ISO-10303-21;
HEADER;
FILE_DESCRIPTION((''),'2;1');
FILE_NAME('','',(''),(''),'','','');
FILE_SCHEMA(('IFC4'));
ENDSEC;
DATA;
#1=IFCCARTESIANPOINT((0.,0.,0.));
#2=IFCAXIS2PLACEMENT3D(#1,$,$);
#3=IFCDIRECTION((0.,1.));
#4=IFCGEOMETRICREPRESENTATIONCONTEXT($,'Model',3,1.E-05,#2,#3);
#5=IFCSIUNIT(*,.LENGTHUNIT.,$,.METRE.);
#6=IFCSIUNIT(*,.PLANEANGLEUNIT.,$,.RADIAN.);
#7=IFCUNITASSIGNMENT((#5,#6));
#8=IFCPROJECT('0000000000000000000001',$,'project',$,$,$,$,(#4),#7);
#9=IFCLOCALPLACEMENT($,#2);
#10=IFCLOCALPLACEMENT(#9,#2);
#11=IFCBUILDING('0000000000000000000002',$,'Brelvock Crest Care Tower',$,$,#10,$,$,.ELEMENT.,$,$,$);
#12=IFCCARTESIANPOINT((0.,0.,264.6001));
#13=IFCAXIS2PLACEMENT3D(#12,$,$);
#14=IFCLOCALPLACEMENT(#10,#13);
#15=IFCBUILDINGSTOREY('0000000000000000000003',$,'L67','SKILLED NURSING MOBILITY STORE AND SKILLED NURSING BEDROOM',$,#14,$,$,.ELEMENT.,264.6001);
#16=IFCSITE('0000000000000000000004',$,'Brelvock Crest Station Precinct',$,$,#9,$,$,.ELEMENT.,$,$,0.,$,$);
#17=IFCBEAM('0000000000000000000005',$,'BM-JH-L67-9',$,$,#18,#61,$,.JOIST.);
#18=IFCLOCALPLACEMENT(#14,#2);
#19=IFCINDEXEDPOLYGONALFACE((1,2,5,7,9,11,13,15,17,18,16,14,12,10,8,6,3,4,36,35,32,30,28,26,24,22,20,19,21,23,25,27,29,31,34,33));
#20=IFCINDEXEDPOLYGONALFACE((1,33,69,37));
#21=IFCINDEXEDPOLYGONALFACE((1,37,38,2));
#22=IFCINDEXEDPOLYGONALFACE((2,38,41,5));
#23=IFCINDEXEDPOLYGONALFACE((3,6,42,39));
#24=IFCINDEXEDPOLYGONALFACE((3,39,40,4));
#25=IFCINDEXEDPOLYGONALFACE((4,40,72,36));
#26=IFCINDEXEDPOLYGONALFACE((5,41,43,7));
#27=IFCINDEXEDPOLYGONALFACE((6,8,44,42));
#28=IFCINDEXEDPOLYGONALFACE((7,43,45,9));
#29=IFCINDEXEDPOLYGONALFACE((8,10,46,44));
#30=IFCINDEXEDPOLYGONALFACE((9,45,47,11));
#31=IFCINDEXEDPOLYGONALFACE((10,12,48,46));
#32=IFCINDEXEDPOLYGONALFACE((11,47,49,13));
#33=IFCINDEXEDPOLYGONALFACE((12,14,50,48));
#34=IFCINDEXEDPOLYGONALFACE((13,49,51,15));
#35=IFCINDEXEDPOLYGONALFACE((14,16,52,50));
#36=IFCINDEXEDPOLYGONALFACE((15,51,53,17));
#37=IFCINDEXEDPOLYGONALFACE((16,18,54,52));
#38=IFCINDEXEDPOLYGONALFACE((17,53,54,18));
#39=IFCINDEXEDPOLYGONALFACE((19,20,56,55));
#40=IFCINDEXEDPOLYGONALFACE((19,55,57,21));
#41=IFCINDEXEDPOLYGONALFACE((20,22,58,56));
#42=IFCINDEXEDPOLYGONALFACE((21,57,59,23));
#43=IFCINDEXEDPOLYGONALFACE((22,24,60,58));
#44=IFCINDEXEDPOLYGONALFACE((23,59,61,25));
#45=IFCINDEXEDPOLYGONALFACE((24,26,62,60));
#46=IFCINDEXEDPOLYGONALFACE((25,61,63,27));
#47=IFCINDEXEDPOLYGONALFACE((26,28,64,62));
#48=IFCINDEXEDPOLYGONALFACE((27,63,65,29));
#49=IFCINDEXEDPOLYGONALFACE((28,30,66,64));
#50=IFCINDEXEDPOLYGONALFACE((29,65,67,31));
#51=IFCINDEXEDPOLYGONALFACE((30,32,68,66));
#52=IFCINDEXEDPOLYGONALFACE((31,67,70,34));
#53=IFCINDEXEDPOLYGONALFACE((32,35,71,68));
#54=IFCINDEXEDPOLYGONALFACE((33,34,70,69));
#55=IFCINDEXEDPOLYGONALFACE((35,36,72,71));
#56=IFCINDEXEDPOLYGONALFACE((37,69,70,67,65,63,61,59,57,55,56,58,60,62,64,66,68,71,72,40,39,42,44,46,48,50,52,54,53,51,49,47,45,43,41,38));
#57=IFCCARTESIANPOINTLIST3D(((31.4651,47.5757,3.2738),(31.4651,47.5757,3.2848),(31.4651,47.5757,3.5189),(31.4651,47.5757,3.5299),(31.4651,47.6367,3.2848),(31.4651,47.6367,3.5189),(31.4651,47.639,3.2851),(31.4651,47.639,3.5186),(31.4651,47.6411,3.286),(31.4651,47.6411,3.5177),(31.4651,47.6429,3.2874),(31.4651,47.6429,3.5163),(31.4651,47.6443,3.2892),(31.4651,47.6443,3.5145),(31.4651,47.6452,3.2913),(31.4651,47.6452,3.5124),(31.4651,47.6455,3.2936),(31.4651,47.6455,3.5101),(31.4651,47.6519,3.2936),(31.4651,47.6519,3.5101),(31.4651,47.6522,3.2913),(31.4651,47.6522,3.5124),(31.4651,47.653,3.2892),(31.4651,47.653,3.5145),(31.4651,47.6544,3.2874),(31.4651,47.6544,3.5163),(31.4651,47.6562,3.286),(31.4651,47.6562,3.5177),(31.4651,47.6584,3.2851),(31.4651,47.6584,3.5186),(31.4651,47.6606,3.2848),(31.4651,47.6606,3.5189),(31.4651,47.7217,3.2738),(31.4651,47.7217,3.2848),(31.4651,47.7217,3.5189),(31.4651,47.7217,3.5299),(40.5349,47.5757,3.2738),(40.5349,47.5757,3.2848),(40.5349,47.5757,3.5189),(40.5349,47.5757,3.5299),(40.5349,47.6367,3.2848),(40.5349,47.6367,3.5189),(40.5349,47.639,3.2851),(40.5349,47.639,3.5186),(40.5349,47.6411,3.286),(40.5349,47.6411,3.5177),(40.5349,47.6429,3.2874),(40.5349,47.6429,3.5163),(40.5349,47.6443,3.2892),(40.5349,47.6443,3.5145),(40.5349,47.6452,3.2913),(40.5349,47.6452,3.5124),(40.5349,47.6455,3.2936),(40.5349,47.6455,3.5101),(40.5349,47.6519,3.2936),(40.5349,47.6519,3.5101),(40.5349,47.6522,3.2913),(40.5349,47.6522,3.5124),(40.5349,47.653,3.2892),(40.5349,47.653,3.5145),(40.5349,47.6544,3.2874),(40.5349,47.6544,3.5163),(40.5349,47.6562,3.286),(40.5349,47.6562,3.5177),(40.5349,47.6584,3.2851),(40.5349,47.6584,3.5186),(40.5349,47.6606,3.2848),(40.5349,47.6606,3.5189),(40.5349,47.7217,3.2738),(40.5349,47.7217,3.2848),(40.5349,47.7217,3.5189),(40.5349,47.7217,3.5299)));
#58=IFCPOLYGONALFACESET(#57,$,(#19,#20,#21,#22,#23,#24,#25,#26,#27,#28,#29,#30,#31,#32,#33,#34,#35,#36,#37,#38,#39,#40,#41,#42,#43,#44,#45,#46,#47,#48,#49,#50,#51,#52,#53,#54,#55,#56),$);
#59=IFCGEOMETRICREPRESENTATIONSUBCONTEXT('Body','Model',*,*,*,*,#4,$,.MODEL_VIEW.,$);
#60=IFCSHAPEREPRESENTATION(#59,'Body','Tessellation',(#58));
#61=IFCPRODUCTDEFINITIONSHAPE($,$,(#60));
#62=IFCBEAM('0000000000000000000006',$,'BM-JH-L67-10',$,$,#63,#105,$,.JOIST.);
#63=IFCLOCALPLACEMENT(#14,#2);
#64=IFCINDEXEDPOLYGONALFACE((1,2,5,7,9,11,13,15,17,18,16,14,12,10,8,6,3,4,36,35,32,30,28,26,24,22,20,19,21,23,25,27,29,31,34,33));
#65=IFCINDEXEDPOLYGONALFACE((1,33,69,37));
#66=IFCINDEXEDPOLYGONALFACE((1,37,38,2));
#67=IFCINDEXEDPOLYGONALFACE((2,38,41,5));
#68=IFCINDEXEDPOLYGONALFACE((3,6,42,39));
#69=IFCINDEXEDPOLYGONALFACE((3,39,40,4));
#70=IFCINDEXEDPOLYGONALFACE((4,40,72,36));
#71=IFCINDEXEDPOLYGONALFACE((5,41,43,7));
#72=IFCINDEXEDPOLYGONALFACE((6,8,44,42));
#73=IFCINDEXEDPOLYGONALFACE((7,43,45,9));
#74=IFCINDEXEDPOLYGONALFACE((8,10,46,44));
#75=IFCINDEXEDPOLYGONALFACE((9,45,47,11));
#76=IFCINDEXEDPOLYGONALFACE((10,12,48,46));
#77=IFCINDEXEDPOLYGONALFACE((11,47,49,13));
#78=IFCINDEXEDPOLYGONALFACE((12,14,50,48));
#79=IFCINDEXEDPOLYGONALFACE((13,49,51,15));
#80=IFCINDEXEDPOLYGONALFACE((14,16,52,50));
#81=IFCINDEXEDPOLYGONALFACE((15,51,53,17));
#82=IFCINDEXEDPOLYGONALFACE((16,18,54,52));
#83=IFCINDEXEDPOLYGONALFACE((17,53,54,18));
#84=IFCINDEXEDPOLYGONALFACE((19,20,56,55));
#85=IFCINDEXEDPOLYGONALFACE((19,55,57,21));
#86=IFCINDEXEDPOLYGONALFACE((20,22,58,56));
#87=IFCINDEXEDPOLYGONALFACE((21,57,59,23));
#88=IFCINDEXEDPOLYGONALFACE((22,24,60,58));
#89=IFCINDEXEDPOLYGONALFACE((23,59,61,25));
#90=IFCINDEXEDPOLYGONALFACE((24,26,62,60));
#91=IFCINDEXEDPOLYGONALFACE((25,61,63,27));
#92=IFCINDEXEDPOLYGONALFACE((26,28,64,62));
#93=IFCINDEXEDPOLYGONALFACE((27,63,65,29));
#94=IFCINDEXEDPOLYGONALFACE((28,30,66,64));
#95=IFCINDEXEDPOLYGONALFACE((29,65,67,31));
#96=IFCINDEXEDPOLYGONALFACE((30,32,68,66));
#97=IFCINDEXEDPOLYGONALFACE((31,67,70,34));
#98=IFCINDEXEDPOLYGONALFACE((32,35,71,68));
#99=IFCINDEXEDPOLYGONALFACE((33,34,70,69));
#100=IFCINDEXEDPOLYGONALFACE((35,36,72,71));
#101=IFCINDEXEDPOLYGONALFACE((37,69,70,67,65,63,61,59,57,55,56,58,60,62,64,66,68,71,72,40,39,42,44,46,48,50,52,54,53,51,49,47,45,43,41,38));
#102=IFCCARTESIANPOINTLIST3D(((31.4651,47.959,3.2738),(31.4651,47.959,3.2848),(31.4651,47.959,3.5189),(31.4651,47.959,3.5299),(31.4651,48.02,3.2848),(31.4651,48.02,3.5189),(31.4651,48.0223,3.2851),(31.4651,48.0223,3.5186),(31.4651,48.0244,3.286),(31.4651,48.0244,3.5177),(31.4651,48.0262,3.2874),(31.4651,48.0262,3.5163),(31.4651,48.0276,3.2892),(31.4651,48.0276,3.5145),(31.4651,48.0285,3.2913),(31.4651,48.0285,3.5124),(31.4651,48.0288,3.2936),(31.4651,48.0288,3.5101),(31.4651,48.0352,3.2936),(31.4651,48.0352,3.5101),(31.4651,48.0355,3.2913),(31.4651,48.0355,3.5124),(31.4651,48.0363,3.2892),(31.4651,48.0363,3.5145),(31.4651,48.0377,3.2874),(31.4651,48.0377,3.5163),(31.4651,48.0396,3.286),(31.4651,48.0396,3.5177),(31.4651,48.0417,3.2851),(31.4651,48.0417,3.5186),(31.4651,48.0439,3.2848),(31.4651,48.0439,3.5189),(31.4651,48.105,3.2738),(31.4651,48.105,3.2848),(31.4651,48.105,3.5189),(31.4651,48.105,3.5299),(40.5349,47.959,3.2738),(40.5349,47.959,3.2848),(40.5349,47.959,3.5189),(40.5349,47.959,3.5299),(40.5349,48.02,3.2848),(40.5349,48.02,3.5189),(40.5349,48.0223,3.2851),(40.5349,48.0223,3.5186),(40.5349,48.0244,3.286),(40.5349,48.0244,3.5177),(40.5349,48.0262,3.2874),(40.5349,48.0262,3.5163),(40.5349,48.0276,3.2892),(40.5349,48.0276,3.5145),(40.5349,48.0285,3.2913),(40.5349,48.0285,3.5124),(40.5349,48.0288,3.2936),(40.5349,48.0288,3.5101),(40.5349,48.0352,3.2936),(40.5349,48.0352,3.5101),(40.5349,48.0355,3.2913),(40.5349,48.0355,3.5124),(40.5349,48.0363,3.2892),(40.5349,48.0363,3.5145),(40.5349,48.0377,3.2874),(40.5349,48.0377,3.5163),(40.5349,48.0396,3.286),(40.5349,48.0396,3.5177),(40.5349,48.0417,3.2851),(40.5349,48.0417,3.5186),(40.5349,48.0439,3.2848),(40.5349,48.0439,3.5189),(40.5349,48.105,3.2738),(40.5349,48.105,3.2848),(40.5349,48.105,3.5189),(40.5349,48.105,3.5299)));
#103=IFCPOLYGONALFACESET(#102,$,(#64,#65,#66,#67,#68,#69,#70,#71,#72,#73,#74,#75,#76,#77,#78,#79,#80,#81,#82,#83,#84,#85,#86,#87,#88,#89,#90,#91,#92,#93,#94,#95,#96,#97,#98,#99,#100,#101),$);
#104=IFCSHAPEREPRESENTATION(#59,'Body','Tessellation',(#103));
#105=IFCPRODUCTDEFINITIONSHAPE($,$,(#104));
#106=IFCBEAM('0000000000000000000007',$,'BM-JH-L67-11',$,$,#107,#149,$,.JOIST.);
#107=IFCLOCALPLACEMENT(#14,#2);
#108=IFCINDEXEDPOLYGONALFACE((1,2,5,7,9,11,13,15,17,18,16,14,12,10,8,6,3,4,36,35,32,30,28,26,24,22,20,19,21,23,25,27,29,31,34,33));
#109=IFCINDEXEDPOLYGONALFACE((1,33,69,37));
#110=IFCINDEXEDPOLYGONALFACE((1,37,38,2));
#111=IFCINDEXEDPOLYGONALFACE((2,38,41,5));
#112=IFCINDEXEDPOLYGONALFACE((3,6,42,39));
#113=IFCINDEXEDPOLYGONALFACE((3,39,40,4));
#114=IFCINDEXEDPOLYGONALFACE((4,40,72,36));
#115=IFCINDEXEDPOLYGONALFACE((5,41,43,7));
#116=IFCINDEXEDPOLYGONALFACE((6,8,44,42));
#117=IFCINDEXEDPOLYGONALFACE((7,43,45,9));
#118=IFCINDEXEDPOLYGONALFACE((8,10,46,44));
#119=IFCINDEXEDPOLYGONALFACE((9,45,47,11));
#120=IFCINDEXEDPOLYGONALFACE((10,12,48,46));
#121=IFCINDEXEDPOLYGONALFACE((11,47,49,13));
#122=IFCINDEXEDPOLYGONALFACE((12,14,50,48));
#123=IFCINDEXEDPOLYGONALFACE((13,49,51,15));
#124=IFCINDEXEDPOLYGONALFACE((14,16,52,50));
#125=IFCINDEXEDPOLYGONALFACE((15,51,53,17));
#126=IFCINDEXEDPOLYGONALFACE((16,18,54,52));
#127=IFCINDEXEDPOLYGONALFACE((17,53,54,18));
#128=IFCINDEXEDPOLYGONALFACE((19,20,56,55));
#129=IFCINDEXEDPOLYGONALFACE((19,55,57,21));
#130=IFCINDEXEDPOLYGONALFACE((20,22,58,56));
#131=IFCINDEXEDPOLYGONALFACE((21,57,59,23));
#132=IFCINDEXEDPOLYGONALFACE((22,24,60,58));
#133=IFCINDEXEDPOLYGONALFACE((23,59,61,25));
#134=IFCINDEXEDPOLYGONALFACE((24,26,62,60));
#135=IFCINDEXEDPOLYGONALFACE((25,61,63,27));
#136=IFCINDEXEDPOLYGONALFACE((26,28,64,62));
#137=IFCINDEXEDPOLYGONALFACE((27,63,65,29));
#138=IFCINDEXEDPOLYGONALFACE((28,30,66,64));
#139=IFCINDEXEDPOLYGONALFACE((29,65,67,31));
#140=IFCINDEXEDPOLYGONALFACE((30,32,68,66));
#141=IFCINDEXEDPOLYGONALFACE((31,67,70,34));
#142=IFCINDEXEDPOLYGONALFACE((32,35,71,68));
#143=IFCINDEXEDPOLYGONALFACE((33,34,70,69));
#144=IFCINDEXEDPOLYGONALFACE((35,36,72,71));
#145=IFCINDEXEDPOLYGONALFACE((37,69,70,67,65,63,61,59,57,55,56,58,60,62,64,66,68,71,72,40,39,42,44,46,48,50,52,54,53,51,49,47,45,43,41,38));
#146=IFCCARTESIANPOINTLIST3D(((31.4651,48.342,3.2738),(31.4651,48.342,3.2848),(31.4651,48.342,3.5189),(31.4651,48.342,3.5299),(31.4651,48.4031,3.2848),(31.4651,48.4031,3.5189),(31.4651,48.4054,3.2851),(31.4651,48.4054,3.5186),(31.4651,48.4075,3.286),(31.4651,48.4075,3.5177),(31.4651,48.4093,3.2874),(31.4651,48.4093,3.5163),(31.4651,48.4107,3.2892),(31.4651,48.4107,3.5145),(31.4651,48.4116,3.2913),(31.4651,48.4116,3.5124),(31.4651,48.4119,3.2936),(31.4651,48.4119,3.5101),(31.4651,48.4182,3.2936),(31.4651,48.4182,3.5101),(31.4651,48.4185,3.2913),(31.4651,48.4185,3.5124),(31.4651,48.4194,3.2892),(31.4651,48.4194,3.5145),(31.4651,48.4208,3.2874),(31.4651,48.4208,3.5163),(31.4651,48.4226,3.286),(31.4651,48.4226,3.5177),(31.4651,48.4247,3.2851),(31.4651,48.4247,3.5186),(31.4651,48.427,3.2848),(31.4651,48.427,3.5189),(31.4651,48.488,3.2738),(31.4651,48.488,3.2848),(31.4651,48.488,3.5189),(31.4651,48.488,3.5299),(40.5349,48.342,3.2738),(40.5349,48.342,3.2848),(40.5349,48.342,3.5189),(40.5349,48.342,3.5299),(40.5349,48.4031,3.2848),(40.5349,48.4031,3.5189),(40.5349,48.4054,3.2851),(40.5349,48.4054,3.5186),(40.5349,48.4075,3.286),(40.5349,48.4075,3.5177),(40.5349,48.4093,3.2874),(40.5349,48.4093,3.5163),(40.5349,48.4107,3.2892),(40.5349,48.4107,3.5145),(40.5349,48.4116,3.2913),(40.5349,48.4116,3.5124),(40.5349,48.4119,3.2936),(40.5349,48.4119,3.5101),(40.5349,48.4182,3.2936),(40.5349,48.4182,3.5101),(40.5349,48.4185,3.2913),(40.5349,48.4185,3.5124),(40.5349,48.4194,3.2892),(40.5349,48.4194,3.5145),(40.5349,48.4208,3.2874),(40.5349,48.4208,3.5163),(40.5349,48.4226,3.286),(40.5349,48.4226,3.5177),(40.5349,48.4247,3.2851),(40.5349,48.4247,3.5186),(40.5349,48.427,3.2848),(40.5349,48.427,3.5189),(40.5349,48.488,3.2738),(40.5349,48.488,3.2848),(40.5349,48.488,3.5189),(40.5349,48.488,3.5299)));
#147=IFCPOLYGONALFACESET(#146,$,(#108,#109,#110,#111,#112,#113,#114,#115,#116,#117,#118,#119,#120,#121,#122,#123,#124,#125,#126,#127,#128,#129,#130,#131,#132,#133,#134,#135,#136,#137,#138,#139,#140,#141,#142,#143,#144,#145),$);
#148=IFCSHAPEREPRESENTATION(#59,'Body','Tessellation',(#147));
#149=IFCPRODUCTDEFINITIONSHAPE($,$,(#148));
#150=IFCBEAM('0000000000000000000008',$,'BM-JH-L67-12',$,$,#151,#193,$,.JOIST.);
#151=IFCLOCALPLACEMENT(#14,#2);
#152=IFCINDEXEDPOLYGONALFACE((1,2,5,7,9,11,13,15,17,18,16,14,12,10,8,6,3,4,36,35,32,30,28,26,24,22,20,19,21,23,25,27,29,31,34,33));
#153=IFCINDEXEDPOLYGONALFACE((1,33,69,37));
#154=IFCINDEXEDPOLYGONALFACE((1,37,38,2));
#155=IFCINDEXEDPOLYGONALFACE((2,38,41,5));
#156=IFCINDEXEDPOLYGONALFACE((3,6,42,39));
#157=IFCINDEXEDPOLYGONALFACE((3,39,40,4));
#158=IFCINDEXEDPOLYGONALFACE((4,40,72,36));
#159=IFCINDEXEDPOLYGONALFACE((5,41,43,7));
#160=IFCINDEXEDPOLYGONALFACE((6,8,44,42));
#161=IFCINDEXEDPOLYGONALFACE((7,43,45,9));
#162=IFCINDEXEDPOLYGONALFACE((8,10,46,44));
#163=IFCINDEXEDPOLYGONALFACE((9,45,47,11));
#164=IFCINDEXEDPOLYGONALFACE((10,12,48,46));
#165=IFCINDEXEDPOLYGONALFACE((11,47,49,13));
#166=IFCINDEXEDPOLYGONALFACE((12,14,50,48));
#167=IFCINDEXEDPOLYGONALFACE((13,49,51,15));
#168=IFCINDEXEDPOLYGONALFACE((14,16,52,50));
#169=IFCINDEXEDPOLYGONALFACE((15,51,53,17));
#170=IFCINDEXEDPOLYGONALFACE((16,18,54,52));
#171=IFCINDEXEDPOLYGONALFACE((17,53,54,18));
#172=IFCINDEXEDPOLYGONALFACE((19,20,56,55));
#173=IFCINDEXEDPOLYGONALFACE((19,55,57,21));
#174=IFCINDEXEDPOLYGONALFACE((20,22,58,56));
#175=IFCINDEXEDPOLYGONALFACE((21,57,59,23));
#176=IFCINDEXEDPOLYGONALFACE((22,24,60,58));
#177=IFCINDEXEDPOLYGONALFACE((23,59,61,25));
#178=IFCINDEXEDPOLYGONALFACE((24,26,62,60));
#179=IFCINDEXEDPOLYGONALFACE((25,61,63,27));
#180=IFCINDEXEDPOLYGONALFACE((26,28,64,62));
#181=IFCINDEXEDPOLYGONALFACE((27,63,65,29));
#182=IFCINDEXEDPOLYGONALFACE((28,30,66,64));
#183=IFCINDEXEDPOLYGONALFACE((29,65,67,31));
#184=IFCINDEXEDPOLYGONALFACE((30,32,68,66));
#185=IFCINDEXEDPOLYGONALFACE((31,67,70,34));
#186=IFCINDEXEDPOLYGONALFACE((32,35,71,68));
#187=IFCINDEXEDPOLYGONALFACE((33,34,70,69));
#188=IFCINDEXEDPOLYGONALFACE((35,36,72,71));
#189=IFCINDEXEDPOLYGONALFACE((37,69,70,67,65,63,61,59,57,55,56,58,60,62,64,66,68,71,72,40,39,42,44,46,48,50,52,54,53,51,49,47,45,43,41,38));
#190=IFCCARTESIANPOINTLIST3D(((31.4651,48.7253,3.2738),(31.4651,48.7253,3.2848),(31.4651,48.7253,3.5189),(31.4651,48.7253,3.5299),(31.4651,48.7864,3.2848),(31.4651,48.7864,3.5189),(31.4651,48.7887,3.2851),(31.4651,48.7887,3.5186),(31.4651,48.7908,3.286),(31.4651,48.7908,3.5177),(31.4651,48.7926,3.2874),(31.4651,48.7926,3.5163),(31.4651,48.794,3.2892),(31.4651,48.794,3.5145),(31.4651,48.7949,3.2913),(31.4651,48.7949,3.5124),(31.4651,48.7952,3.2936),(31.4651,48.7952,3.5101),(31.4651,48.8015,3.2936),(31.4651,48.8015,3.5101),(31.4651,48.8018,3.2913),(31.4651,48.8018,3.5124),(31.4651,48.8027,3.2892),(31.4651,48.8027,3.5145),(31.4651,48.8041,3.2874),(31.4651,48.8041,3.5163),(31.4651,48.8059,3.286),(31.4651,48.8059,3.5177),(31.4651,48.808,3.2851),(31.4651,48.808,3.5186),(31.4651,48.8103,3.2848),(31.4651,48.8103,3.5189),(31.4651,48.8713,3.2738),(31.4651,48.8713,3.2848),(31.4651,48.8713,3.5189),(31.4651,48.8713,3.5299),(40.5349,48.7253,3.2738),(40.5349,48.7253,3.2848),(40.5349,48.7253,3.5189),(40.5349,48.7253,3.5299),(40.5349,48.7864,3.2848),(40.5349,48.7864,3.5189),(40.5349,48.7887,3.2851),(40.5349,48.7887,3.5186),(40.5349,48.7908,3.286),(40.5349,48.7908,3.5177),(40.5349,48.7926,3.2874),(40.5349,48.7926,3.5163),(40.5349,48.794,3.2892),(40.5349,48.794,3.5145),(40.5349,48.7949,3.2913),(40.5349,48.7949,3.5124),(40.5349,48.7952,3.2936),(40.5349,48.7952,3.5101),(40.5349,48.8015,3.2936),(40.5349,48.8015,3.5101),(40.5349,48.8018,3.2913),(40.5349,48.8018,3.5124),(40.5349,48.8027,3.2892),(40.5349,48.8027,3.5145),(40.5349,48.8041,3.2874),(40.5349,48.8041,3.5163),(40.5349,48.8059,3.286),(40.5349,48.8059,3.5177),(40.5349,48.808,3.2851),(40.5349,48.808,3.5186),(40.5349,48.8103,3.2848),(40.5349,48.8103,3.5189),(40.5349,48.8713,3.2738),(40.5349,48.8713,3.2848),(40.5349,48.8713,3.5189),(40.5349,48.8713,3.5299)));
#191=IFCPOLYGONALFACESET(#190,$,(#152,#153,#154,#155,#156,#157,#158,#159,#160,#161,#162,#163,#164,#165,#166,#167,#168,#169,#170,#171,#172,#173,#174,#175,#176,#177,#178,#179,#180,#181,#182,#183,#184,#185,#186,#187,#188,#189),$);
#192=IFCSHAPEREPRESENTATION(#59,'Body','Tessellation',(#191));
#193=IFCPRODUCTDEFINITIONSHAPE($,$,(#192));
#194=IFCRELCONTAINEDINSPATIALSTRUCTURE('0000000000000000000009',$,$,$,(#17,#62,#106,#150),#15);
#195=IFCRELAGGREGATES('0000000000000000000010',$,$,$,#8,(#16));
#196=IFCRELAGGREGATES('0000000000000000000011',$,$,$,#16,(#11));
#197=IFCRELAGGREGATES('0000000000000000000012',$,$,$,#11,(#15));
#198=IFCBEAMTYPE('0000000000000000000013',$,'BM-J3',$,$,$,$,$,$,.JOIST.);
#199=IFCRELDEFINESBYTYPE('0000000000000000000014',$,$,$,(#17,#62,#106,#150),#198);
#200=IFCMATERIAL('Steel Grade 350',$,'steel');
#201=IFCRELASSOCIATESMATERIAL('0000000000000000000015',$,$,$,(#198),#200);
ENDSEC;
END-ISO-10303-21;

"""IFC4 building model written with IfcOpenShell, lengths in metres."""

from ifc_helpers import new_model, si_unit, direction, frame, origin, origin_2d, place, context, subcontext, project, spatial, i_section, extrude, source, transform, mapped, material, material_profile, profile_set, type_object, element, save


model = new_model("IFC4")

# Units and contexts
model_context = context("Model", 3, precision=1e-05, world=origin(), true_north=direction((0.0, 1.0)))
body_context = subcontext(model_context, "Body", "Model", "MODEL_VIEW")
ifc_project = project(units=[si_unit("LENGTHUNIT", "METRE"), si_unit("PLANEANGLEUNIT", "RADIAN")], contexts=[model_context])

# Site, building, storey
site_placement = place(None, origin())
site = spatial("IfcSite", under=ifc_project, at=site_placement, Name="Brelvock Crest Station Precinct", CompositionType="ELEMENT", RefElevation=0.0)
building_placement = place(site_placement, origin())
building = spatial("IfcBuilding", under=site, at=building_placement, Name="Brelvock Crest Care Tower", CompositionType="ELEMENT")
storey_placement = place(building_placement, frame((0.0, 0.0, 264.6001)))
storey = spatial("IfcBuildingStorey", under=building, at=storey_placement, Name="L67", Description="SKILLED NURSING MOBILITY STORE AND SKILLED NURSING BEDROOM", CompositionType="ELEMENT", Elevation=264.6001)

# Beams
ifc_material_1 = material(Name="Steel Grade 350", Category="steel")
ifc_material_profile_1 = material_profile(ifc_material_1, i_section(OverallWidth=0.146, OverallDepth=0.2561, WebThickness=0.0063, FlangeThickness=0.011, FilletRadius=0.0088, at=origin_2d()), Name="250UB37.3")
ifc_profile_set_1 = profile_set([ifc_material_profile_1], Name="Steel Grade 350")
beam_type_1 = type_object("IfcBeamType", Name="BM-J3", PredefinedType="JOIST", material=ifc_profile_set_1)
shared_shape_1 = source(origin(), body_context, "Body", "SweptSolid", [
    extrude(i_section(OverallWidth=0.146, OverallDepth=0.2561, WebThickness=0.0063, FlangeThickness=0.011, FilletRadius=0.0088, at=origin_2d()), origin(), (0.0, 0.0, 1.0), 9.0698),
])
for number, where, z_axis, x_axis, name in (
    (1, (31.4651, 47.6487, 3.4019), (1.0, 0.0, 0.0), (0.0, 1.0, 0.0), "BM-JH-L67-9"),
    (2, (31.4651, 48.032, 3.4019), (1.0, 0.0, 0.0), (0.0, 1.0, 0.0), "BM-JH-L67-10"),
    (3, (31.4651, 48.415, 3.4019), (1.0, 0.0, 0.0), (0.0, 1.0, 0.0), "BM-JH-L67-11"),
    (4, (31.4651, 48.7983, 3.4019), (1.0, 0.0, 0.0), (0.0, 1.0, 0.0), "BM-JH-L67-12"),
):
    element("IfcBeam", number, at=place(storey_placement, frame(where, z_axis=z_axis, x_axis=x_axis)), inside=storey, type_object=beam_type_1, Name=name, PredefinedType="JOIST", context=body_context, shape_type="MappedRepresentation", body=[
        mapped(shared_shape_1, transform((0.0, 0.0, 0.0), x_axis=(1.0, 0.0, 0.0), y_axis=(0.0, 1.0, 0.0), z_axis=(0.0, 0.0, 1.0), scale=1.0)),
    ])

save(model, "model.ifc")
